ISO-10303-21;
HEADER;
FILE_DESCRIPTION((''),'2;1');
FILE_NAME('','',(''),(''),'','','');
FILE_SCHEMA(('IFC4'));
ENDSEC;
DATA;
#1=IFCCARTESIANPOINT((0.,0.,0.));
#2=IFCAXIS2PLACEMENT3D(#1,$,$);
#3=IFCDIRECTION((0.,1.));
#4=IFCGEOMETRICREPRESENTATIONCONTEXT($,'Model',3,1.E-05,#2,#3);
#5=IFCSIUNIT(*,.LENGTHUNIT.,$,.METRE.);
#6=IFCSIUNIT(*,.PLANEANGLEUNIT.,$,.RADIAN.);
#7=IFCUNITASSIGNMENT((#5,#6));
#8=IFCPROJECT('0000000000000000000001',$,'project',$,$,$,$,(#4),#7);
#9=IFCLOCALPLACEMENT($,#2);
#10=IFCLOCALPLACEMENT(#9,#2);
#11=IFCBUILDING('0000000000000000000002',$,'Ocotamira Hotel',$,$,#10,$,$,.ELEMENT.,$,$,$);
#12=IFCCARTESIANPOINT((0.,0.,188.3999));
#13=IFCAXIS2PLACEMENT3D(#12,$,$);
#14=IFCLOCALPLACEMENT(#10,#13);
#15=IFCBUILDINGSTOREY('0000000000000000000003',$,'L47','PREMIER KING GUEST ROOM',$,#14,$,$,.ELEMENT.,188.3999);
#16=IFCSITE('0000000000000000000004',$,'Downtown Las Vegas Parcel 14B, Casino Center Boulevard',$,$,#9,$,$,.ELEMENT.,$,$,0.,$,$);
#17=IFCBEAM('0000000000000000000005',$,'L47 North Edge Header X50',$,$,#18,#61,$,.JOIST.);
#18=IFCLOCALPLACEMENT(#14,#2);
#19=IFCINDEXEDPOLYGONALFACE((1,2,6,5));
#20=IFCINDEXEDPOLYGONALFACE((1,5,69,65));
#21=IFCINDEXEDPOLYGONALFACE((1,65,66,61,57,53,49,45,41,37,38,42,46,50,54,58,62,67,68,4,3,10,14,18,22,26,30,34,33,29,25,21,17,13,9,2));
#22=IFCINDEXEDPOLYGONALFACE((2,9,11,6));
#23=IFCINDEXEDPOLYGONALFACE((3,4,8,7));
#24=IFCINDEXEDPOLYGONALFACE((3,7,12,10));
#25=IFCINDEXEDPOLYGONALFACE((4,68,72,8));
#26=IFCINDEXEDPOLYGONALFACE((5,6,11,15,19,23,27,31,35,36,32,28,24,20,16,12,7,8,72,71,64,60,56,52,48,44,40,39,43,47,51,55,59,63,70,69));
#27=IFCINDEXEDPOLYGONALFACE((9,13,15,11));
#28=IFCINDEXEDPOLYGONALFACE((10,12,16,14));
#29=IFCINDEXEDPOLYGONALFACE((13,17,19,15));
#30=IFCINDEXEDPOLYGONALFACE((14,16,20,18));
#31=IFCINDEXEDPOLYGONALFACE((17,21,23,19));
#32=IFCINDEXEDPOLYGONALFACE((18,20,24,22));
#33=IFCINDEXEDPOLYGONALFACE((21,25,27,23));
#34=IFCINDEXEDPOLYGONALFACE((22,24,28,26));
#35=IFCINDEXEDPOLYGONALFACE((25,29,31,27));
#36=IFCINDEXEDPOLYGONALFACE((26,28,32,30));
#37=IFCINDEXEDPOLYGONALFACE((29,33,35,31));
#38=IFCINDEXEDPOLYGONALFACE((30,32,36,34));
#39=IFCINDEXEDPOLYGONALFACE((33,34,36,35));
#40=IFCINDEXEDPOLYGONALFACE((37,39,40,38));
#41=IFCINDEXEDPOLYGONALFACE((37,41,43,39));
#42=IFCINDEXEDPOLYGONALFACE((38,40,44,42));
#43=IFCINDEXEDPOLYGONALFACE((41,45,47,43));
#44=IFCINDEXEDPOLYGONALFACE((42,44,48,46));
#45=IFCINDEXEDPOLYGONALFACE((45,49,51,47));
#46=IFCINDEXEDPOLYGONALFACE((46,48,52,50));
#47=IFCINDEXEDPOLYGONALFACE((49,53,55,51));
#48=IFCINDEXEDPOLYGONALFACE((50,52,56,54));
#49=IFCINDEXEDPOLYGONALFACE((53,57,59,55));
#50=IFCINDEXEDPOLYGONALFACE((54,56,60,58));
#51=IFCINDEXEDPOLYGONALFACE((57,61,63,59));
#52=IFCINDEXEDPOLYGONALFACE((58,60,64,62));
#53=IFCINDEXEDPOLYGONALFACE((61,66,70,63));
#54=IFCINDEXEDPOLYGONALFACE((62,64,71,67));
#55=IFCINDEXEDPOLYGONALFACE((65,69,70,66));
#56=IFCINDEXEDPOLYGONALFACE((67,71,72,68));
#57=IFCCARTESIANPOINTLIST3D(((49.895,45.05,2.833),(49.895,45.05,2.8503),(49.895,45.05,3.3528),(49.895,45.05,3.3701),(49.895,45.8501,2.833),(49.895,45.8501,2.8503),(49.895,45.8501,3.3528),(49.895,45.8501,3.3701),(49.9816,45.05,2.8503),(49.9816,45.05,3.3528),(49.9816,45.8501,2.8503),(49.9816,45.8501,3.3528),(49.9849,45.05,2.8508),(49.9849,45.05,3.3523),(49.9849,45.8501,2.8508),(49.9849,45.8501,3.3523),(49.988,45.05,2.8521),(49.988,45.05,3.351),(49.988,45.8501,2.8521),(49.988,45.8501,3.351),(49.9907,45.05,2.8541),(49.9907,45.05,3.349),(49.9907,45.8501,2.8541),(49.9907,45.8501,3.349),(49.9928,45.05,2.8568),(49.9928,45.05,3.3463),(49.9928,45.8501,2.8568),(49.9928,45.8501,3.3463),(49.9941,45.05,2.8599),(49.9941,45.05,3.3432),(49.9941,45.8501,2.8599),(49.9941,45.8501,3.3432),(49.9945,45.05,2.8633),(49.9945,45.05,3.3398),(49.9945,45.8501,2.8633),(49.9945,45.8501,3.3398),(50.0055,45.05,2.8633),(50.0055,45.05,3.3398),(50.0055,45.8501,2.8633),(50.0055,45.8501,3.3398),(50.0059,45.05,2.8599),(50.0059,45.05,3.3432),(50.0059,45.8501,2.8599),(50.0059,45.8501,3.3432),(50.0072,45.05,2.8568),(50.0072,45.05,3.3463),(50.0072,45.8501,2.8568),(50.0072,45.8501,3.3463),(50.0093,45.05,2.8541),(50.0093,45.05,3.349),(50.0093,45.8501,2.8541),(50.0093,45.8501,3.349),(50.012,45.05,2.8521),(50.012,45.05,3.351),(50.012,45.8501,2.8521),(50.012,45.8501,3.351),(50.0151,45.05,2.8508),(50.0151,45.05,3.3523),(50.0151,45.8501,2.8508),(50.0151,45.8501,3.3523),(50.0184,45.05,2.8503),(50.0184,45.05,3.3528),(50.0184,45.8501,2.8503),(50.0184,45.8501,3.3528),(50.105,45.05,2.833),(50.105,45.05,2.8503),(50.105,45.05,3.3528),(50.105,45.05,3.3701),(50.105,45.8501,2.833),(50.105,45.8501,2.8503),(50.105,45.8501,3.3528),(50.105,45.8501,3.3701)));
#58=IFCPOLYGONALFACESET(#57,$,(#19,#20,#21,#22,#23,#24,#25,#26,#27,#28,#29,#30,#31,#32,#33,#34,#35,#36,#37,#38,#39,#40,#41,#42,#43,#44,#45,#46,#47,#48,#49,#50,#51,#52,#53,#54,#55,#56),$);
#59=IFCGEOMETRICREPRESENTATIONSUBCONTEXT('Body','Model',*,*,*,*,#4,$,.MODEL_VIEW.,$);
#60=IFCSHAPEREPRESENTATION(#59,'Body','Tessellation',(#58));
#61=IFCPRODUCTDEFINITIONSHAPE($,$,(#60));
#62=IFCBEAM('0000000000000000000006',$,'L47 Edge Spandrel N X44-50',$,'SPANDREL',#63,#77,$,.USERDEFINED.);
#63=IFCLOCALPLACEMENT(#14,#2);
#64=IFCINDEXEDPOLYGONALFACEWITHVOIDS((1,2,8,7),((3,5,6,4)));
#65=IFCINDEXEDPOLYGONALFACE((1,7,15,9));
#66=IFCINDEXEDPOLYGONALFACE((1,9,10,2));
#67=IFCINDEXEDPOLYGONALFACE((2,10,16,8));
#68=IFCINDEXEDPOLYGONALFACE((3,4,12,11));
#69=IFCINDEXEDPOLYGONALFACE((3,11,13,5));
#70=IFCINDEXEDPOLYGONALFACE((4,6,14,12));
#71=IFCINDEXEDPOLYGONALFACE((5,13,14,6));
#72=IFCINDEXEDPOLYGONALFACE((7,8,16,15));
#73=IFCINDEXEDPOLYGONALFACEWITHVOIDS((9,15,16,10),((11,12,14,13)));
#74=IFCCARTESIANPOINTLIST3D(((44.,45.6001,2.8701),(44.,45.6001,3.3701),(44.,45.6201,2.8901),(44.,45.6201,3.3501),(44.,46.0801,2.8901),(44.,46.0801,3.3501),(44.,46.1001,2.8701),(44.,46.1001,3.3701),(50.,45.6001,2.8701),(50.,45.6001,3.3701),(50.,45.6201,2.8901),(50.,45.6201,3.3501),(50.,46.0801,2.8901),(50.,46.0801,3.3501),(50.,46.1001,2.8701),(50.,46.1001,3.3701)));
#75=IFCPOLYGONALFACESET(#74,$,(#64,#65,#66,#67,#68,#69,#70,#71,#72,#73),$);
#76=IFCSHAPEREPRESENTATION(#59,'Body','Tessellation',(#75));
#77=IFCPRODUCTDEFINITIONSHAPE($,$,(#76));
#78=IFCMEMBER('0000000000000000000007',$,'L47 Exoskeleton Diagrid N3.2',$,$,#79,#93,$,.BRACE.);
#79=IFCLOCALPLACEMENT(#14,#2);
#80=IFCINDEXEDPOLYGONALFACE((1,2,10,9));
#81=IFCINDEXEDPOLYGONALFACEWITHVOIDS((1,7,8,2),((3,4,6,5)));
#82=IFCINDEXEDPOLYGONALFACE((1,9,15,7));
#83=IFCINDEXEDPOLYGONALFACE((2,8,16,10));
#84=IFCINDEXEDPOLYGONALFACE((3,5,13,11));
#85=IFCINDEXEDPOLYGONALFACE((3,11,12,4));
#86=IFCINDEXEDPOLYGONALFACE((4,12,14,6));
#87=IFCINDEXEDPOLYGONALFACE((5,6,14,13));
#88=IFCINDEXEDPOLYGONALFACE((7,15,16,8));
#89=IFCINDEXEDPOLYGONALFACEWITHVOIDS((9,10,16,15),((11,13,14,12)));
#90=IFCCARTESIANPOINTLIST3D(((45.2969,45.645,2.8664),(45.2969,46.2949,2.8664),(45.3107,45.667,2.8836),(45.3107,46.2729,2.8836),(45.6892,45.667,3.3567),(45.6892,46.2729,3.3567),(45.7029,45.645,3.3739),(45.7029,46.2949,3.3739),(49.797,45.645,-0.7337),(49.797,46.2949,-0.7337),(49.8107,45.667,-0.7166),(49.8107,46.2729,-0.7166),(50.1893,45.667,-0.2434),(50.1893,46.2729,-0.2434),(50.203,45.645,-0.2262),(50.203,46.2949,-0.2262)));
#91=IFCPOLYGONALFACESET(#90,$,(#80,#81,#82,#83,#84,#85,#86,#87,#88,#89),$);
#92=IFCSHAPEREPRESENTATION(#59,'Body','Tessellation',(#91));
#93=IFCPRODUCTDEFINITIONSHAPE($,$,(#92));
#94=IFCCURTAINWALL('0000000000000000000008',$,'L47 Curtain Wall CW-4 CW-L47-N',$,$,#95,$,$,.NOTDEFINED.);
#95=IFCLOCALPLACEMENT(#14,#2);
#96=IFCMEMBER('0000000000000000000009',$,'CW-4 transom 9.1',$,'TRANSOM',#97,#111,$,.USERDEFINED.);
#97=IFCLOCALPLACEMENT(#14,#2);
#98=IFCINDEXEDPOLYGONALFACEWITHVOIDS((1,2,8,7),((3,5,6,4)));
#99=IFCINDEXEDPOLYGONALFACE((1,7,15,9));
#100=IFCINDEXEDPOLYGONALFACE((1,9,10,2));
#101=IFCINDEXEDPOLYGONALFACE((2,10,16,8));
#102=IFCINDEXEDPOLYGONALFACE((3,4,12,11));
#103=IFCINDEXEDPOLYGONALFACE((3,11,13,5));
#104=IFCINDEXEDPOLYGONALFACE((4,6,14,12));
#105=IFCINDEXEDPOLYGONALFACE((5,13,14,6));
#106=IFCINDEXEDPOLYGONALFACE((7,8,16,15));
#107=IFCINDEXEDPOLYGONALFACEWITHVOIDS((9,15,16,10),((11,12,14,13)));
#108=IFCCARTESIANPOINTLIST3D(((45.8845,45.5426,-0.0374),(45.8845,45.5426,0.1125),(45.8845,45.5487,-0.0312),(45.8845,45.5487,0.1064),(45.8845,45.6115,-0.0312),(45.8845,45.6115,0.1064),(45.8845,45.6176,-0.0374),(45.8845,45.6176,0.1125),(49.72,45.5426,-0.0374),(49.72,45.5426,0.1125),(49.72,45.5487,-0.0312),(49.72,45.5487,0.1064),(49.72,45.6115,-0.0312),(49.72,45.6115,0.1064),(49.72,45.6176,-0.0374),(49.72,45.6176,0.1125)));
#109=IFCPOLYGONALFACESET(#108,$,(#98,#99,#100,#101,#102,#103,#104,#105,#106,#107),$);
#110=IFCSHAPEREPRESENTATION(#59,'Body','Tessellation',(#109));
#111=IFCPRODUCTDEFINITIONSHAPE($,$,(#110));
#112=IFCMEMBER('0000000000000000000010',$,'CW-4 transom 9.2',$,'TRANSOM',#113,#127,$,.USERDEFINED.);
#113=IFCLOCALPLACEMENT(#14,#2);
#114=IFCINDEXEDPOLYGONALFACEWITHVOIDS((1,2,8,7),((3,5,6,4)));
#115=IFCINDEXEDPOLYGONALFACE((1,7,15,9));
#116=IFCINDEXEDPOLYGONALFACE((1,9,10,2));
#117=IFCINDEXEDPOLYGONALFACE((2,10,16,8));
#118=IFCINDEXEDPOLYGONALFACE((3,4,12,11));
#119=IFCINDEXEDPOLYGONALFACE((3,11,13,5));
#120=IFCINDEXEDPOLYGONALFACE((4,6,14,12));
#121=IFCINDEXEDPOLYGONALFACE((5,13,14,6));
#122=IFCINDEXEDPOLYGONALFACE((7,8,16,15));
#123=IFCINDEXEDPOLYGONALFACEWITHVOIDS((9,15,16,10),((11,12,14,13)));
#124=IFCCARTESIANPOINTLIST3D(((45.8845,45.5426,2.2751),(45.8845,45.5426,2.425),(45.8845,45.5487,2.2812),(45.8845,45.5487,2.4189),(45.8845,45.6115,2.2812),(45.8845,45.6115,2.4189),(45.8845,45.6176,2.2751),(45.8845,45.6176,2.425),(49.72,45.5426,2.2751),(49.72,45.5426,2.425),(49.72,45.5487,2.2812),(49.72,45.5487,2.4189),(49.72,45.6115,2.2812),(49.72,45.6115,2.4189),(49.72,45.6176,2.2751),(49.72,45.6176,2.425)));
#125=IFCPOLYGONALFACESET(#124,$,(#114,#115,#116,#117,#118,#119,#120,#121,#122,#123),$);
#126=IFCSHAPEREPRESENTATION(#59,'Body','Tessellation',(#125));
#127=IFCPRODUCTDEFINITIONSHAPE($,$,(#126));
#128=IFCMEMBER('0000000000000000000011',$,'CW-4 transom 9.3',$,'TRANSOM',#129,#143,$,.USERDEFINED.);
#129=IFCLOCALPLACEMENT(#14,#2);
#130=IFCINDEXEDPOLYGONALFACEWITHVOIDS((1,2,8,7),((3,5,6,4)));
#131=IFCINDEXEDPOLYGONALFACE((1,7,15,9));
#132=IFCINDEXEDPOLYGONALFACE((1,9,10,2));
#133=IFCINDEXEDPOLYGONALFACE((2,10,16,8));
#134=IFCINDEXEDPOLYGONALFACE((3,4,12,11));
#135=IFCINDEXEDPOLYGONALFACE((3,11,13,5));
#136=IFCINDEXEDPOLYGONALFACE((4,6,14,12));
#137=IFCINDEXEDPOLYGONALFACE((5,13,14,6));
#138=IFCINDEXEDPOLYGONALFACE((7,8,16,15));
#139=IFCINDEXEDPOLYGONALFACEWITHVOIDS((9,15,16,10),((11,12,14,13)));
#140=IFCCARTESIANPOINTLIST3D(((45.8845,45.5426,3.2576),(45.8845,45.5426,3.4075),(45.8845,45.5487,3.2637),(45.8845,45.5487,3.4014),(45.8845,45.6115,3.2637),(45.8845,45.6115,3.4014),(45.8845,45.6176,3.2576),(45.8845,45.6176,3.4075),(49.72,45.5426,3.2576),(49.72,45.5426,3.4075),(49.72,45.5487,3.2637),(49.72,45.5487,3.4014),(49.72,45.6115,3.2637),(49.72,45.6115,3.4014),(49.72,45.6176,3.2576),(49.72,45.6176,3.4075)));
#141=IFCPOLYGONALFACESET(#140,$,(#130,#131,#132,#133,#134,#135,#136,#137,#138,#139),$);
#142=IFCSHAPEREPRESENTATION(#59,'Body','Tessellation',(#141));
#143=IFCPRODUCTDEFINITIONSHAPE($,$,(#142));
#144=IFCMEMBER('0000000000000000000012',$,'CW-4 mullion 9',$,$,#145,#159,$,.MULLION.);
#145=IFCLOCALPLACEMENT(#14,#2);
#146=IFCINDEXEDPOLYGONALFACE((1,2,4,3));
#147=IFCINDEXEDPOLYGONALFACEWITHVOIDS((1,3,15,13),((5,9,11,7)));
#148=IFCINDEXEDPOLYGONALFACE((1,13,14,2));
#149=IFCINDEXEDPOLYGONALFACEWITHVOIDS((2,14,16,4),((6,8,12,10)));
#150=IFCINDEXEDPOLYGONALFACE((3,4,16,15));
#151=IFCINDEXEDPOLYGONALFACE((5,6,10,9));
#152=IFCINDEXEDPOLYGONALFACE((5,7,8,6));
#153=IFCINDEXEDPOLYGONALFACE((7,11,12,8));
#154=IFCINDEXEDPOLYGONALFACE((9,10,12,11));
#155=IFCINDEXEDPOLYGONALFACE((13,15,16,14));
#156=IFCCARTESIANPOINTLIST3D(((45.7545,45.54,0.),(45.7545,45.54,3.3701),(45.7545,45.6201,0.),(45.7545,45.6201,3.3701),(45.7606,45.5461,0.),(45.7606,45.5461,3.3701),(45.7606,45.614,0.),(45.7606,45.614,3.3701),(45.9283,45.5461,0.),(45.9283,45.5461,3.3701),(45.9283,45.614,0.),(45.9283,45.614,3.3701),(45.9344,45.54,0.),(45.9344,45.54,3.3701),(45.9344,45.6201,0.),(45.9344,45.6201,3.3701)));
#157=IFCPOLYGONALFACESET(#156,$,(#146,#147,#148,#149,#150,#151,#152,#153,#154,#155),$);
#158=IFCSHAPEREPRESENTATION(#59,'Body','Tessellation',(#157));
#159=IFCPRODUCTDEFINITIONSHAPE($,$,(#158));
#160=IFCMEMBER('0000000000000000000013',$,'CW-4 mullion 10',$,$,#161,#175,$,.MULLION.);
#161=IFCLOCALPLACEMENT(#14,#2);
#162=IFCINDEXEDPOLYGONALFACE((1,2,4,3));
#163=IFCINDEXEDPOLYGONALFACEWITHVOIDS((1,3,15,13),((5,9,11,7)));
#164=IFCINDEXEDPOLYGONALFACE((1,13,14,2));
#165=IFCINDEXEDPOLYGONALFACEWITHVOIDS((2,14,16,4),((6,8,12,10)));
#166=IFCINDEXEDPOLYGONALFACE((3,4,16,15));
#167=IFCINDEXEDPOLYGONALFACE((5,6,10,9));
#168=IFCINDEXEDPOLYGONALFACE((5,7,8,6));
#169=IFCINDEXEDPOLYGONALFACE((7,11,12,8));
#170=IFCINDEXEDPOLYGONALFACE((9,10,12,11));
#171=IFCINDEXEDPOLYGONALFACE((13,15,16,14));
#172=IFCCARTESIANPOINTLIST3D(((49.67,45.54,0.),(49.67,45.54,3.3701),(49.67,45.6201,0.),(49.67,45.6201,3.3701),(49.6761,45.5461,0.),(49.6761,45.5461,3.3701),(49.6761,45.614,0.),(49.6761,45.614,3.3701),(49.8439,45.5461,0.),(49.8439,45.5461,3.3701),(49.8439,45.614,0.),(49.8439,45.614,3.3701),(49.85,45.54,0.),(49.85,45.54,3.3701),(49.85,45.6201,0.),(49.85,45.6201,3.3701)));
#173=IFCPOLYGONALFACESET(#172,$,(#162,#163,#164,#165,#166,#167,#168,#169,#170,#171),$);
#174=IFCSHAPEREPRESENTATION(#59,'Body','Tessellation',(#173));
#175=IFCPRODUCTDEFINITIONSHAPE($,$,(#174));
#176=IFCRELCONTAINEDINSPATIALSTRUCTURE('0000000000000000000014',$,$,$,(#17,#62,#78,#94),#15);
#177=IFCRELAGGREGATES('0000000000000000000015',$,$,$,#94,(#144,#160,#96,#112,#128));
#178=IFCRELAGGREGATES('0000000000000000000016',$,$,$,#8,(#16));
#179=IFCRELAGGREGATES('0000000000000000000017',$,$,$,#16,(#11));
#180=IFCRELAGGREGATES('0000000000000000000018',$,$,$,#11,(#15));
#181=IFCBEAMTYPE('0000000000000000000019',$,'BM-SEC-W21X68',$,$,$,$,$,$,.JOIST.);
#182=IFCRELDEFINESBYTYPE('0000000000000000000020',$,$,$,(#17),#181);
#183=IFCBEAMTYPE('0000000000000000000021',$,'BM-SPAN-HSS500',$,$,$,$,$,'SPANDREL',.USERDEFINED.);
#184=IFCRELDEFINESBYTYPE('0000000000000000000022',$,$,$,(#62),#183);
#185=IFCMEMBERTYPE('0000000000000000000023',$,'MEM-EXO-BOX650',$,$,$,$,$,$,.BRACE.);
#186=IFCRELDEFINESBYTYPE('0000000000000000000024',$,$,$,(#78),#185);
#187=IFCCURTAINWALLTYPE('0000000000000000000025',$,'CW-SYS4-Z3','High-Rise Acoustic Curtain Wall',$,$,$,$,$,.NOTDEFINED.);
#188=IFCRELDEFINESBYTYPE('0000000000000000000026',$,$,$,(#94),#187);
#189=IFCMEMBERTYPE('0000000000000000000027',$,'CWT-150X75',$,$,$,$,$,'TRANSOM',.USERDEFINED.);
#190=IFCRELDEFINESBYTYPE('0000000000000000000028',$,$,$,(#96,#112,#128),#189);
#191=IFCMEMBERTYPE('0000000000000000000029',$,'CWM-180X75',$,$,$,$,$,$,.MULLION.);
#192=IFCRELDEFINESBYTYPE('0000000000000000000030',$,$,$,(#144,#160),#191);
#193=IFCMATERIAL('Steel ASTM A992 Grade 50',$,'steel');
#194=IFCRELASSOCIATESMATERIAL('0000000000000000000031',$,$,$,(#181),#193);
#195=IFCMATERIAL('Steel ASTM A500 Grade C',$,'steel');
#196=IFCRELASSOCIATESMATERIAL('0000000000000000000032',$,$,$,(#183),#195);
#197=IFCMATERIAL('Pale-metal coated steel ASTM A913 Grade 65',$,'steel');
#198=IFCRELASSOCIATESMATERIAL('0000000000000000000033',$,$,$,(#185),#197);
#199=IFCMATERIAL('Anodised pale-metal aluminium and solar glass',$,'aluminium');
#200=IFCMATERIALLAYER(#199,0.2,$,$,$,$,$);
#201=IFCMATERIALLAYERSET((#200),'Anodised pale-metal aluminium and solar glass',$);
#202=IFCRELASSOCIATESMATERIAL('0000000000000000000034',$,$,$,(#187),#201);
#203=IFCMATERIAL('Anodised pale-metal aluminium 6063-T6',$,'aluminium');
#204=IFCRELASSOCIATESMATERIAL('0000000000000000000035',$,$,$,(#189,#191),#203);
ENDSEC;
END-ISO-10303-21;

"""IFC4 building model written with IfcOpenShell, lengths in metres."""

from ifc_helpers import new_model, si_unit, direction, frame, origin, origin_2d, place, context, subcontext, project, spatial, hollow_rectangle, i_section, extrude, source, transform, mapped, material, layer, layer_set, material_profile, profile_set, type_object, element, aggregate, save


model = new_model("IFC4")

# Units and contexts
model_context = context("Model", 3, precision=1e-05, world=origin(), true_north=direction((0.0, 1.0)))
body_context = subcontext(model_context, "Body", "Model", "MODEL_VIEW")
ifc_project = project(units=[si_unit("LENGTHUNIT", "METRE"), si_unit("PLANEANGLEUNIT", "RADIAN")], contexts=[model_context])

# Site, building, storey
site_placement = place(None, origin())
site = spatial("IfcSite", under=ifc_project, at=site_placement, Name="Downtown Las Vegas Parcel 14B, Casino Center Boulevard", CompositionType="ELEMENT", RefElevation=0.0)
building_placement = place(site_placement, origin())
building = spatial("IfcBuilding", under=site, at=building_placement, Name="Ocotamira Hotel", CompositionType="ELEMENT")
storey_placement = place(building_placement, frame((0.0, 0.0, 188.3999)))
storey = spatial("IfcBuildingStorey", under=building, at=storey_placement, Name="L47", Description="PREMIER KING GUEST ROOM", CompositionType="ELEMENT", Elevation=188.3999)

# Beams
ifc_material_1 = material(Name="Steel ASTM A992 Grade 50", Category="steel")
ifc_material_profile_1 = material_profile(ifc_material_1, i_section(OverallWidth=0.21, OverallDepth=0.5371, WebThickness=0.011, FlangeThickness=0.0173, FilletRadius=0.0129, at=origin_2d()), Name="W21X68")
ifc_profile_set_1 = profile_set([ifc_material_profile_1], Name="Steel ASTM A992 Grade 50")
beam_type_1 = type_object("IfcBeamType", Name="BM-SEC-W21X68", PredefinedType="JOIST", material=ifc_profile_set_1)
shared_shape_1 = source(origin(), body_context, "Body", "SweptSolid", [
    extrude(i_section(OverallWidth=0.21, OverallDepth=0.5371, WebThickness=0.011, FlangeThickness=0.0173, FilletRadius=0.0129, at=origin_2d()), origin(), (0.0, 0.0, 1.0), 0.8),
])
for number, where, z_axis, x_axis, name in (
    (1, (50.0, 45.05, 3.1016), (0.0, 1.0, 0.0), (-1.0, 0.0, 0.0), "L47 North Edge Header X50"),
):
    element("IfcBeam", number, at=place(storey_placement, frame(where, z_axis=z_axis, x_axis=x_axis)), inside=storey, type_object=beam_type_1, Name=name, PredefinedType="JOIST", context=body_context, shape_type="MappedRepresentation", body=[
        mapped(shared_shape_1, transform((0.0, 0.0, 0.0), scale=1.0)),
    ])
ifc_material_2 = material(Name="Steel ASTM A500 Grade C", Category="steel")
ifc_material_profile_2 = material_profile(ifc_material_2, hollow_rectangle(XDim=0.5, YDim=0.5, WallThickness=0.02, at=origin_2d()), Name="HSS500X500X20")
ifc_profile_set_2 = profile_set([ifc_material_profile_2], Name="Steel ASTM A500 Grade C")
beam_type_2 = type_object("IfcBeamType", Name="BM-SPAN-HSS500", ElementType="SPANDREL", PredefinedType="USERDEFINED", material=ifc_profile_set_2)
shared_shape_2 = source(origin(), body_context, "Body", "SweptSolid", [
    extrude(hollow_rectangle(XDim=0.5, YDim=0.5, WallThickness=0.02, at=origin_2d()), origin(), (0.0, 0.0, 1.0), 6.0),
])
beam_1_placement = place(storey_placement, frame((44.0, 45.8501, 3.1201), z_axis=(1.0, 0.0, 0.0), x_axis=(0.0, 1.0, 0.0)))
element("IfcBeam", 2, at=beam_1_placement, inside=storey, type_object=beam_type_2, Name="L47 Edge Spandrel N X44-50", ObjectType="SPANDREL", PredefinedType="USERDEFINED", context=body_context, shape_type="MappedRepresentation", body=[
    mapped(shared_shape_2, transform((0.0, 0.0, 0.0), scale=1.0)),
])

# Member
ifc_material_3 = material(Name="Pale-metal coated steel ASTM A913 Grade 65", Category="steel")
ifc_material_profile_3 = material_profile(ifc_material_3, hollow_rectangle(XDim=0.6499, YDim=0.6499, WallThickness=0.022, at=origin_2d()), Name="BOX650X650X22")
ifc_profile_set_3 = profile_set([ifc_material_profile_3], Name="Pale-metal coated steel ASTM A913 Grade 65")
member_type_1 = type_object("IfcMemberType", Name="MEM-EXO-BOX650", PredefinedType="BRACE", material=ifc_profile_set_3)
shared_shape_3 = source(origin(), body_context, "Body", "SweptSolid", [
    extrude(hollow_rectangle(XDim=0.6499, YDim=0.6499, WallThickness=0.022, at=origin_2d()), origin(), (0.0, 0.0, 1.0), 5.7629),
])
member_1_placement = place(storey_placement, frame((50.0, 45.97, -0.48), z_axis=(-0.780861, 0.0, 0.624705), x_axis=(0.0, -1.0, 0.0)))
element("IfcMember", 3, at=member_1_placement, inside=storey, type_object=member_type_1, Name="L47 Exoskeleton Diagrid N3.2", PredefinedType="BRACE", context=body_context, shape_type="MappedRepresentation", body=[
    mapped(shared_shape_3, transform((0.0, 0.0, 0.0), scale=1.0)),
])

# Curtain wall, members
ifc_material_4 = material(Name="Anodised pale-metal aluminium and solar glass", Category="aluminium")
ifc_layer_1 = layer(ifc_material_4, 0.2)
ifc_layer_set_1 = layer_set([ifc_layer_1], Name="Anodised pale-metal aluminium and solar glass")
curtain_wall_type = type_object("IfcCurtainWallType", Name="CW-SYS4-Z3", Description="High-Rise Acoustic Curtain Wall", PredefinedType="NOTDEFINED", material=ifc_layer_set_1)
curtain_wall_1_placement = place(storey_placement, origin())
curtain_wall_1 = element("IfcCurtainWall", 4, at=curtain_wall_1_placement, inside=storey, type_object=curtain_wall_type, Name="L47 Curtain Wall CW-4 CW-L47-N", PredefinedType="NOTDEFINED")
ifc_material_5 = material(Name="Anodised pale-metal aluminium 6063-T6", Category="aluminium")
ifc_material_profile_4 = material_profile(ifc_material_5, hollow_rectangle(XDim=0.075, YDim=0.1499, WallThickness=0.0061, at=origin_2d()), Name="HSS150X75X6")
ifc_profile_set_4 = profile_set([ifc_material_profile_4], Name="Anodised pale-metal aluminium 6063-T6")
member_type_2 = type_object("IfcMemberType", Name="CWT-150X75", ElementType="TRANSOM", PredefinedType="USERDEFINED", material=ifc_profile_set_4)
shared_shape_4 = source(origin(), body_context, "Body", "SweptSolid", [
    extrude(hollow_rectangle(XDim=0.075, YDim=0.1499, WallThickness=0.0061, at=origin_2d()), origin(), (0.0, 0.0, 1.0), 3.8354),
])
member_2_placement = place(storey_placement, frame((45.8845, 45.5801, 0.0376), z_axis=(1.0, 0.0, 0.0), x_axis=(0.0, 1.0, 0.0)))
member_2 = element("IfcMember", 5, at=member_2_placement, type_object=member_type_2, Name="CW-4 transom 9.1", ObjectType="TRANSOM", PredefinedType="USERDEFINED", context=body_context, shape_type="MappedRepresentation", body=[
    mapped(shared_shape_4, transform((0.0, 0.0, 0.0), scale=1.0)),
])
member_3_placement = place(storey_placement, frame((45.8845, 45.5801, 2.3501), z_axis=(1.0, 0.0, 0.0), x_axis=(0.0, 1.0, 0.0)))
member_3 = element("IfcMember", 6, at=member_3_placement, type_object=member_type_2, Name="CW-4 transom 9.2", ObjectType="TRANSOM", PredefinedType="USERDEFINED", context=body_context, shape_type="MappedRepresentation", body=[
    mapped(shared_shape_4, transform((0.0, 0.0, 0.0), scale=1.0)),
])
member_4_placement = place(storey_placement, frame((45.8845, 45.5801, 3.3325), z_axis=(1.0, 0.0, 0.0), x_axis=(0.0, 1.0, 0.0)))
member_4 = element("IfcMember", 7, at=member_4_placement, type_object=member_type_2, Name="CW-4 transom 9.3", ObjectType="TRANSOM", PredefinedType="USERDEFINED", context=body_context, shape_type="MappedRepresentation", body=[
    mapped(shared_shape_4, transform((0.0, 0.0, 0.0), scale=1.0)),
])
ifc_material_profile_5 = material_profile(ifc_material_5, hollow_rectangle(XDim=0.0801, YDim=0.1799, WallThickness=0.0061, at=origin_2d()), Name="HSS180X80X6")
ifc_profile_set_5 = profile_set([ifc_material_profile_5], Name="Anodised pale-metal aluminium 6063-T6")
member_type_3 = type_object("IfcMemberType", Name="CWM-180X75", PredefinedType="MULLION", material=ifc_profile_set_5)
shared_shape_5 = source(origin(), body_context, "Body", "SweptSolid", [
    extrude(hollow_rectangle(XDim=0.0801, YDim=0.1799, WallThickness=0.0061, at=origin_2d()), origin(), (0.0, 0.0, 1.0), 3.3701),
])
member_5_placement = place(storey_placement, frame((45.8445, 45.5801, 0.0), z_axis=(0.0, 0.0, 1.0), x_axis=(0.0, 1.0, 0.0)))
member_5 = element("IfcMember", 8, at=member_5_placement, type_object=member_type_3, Name="CW-4 mullion 9", PredefinedType="MULLION", context=body_context, shape_type="MappedRepresentation", body=[
    mapped(shared_shape_5, transform((0.0, 0.0, 0.0), scale=1.0)),
])
member_6_placement = place(storey_placement, frame((49.76, 45.5801, 0.0), z_axis=(0.0, 0.0, 1.0), x_axis=(0.0, 1.0, 0.0)))
member_6 = element("IfcMember", 9, at=member_6_placement, type_object=member_type_3, Name="CW-4 mullion 10", PredefinedType="MULLION", context=body_context, shape_type="MappedRepresentation", body=[
    mapped(shared_shape_5, transform((0.0, 0.0, 0.0), scale=1.0)),
])

aggregate(curtain_wall_1, [member_5, member_6, member_2, member_3, member_4])

save(model, "model.ifc")
